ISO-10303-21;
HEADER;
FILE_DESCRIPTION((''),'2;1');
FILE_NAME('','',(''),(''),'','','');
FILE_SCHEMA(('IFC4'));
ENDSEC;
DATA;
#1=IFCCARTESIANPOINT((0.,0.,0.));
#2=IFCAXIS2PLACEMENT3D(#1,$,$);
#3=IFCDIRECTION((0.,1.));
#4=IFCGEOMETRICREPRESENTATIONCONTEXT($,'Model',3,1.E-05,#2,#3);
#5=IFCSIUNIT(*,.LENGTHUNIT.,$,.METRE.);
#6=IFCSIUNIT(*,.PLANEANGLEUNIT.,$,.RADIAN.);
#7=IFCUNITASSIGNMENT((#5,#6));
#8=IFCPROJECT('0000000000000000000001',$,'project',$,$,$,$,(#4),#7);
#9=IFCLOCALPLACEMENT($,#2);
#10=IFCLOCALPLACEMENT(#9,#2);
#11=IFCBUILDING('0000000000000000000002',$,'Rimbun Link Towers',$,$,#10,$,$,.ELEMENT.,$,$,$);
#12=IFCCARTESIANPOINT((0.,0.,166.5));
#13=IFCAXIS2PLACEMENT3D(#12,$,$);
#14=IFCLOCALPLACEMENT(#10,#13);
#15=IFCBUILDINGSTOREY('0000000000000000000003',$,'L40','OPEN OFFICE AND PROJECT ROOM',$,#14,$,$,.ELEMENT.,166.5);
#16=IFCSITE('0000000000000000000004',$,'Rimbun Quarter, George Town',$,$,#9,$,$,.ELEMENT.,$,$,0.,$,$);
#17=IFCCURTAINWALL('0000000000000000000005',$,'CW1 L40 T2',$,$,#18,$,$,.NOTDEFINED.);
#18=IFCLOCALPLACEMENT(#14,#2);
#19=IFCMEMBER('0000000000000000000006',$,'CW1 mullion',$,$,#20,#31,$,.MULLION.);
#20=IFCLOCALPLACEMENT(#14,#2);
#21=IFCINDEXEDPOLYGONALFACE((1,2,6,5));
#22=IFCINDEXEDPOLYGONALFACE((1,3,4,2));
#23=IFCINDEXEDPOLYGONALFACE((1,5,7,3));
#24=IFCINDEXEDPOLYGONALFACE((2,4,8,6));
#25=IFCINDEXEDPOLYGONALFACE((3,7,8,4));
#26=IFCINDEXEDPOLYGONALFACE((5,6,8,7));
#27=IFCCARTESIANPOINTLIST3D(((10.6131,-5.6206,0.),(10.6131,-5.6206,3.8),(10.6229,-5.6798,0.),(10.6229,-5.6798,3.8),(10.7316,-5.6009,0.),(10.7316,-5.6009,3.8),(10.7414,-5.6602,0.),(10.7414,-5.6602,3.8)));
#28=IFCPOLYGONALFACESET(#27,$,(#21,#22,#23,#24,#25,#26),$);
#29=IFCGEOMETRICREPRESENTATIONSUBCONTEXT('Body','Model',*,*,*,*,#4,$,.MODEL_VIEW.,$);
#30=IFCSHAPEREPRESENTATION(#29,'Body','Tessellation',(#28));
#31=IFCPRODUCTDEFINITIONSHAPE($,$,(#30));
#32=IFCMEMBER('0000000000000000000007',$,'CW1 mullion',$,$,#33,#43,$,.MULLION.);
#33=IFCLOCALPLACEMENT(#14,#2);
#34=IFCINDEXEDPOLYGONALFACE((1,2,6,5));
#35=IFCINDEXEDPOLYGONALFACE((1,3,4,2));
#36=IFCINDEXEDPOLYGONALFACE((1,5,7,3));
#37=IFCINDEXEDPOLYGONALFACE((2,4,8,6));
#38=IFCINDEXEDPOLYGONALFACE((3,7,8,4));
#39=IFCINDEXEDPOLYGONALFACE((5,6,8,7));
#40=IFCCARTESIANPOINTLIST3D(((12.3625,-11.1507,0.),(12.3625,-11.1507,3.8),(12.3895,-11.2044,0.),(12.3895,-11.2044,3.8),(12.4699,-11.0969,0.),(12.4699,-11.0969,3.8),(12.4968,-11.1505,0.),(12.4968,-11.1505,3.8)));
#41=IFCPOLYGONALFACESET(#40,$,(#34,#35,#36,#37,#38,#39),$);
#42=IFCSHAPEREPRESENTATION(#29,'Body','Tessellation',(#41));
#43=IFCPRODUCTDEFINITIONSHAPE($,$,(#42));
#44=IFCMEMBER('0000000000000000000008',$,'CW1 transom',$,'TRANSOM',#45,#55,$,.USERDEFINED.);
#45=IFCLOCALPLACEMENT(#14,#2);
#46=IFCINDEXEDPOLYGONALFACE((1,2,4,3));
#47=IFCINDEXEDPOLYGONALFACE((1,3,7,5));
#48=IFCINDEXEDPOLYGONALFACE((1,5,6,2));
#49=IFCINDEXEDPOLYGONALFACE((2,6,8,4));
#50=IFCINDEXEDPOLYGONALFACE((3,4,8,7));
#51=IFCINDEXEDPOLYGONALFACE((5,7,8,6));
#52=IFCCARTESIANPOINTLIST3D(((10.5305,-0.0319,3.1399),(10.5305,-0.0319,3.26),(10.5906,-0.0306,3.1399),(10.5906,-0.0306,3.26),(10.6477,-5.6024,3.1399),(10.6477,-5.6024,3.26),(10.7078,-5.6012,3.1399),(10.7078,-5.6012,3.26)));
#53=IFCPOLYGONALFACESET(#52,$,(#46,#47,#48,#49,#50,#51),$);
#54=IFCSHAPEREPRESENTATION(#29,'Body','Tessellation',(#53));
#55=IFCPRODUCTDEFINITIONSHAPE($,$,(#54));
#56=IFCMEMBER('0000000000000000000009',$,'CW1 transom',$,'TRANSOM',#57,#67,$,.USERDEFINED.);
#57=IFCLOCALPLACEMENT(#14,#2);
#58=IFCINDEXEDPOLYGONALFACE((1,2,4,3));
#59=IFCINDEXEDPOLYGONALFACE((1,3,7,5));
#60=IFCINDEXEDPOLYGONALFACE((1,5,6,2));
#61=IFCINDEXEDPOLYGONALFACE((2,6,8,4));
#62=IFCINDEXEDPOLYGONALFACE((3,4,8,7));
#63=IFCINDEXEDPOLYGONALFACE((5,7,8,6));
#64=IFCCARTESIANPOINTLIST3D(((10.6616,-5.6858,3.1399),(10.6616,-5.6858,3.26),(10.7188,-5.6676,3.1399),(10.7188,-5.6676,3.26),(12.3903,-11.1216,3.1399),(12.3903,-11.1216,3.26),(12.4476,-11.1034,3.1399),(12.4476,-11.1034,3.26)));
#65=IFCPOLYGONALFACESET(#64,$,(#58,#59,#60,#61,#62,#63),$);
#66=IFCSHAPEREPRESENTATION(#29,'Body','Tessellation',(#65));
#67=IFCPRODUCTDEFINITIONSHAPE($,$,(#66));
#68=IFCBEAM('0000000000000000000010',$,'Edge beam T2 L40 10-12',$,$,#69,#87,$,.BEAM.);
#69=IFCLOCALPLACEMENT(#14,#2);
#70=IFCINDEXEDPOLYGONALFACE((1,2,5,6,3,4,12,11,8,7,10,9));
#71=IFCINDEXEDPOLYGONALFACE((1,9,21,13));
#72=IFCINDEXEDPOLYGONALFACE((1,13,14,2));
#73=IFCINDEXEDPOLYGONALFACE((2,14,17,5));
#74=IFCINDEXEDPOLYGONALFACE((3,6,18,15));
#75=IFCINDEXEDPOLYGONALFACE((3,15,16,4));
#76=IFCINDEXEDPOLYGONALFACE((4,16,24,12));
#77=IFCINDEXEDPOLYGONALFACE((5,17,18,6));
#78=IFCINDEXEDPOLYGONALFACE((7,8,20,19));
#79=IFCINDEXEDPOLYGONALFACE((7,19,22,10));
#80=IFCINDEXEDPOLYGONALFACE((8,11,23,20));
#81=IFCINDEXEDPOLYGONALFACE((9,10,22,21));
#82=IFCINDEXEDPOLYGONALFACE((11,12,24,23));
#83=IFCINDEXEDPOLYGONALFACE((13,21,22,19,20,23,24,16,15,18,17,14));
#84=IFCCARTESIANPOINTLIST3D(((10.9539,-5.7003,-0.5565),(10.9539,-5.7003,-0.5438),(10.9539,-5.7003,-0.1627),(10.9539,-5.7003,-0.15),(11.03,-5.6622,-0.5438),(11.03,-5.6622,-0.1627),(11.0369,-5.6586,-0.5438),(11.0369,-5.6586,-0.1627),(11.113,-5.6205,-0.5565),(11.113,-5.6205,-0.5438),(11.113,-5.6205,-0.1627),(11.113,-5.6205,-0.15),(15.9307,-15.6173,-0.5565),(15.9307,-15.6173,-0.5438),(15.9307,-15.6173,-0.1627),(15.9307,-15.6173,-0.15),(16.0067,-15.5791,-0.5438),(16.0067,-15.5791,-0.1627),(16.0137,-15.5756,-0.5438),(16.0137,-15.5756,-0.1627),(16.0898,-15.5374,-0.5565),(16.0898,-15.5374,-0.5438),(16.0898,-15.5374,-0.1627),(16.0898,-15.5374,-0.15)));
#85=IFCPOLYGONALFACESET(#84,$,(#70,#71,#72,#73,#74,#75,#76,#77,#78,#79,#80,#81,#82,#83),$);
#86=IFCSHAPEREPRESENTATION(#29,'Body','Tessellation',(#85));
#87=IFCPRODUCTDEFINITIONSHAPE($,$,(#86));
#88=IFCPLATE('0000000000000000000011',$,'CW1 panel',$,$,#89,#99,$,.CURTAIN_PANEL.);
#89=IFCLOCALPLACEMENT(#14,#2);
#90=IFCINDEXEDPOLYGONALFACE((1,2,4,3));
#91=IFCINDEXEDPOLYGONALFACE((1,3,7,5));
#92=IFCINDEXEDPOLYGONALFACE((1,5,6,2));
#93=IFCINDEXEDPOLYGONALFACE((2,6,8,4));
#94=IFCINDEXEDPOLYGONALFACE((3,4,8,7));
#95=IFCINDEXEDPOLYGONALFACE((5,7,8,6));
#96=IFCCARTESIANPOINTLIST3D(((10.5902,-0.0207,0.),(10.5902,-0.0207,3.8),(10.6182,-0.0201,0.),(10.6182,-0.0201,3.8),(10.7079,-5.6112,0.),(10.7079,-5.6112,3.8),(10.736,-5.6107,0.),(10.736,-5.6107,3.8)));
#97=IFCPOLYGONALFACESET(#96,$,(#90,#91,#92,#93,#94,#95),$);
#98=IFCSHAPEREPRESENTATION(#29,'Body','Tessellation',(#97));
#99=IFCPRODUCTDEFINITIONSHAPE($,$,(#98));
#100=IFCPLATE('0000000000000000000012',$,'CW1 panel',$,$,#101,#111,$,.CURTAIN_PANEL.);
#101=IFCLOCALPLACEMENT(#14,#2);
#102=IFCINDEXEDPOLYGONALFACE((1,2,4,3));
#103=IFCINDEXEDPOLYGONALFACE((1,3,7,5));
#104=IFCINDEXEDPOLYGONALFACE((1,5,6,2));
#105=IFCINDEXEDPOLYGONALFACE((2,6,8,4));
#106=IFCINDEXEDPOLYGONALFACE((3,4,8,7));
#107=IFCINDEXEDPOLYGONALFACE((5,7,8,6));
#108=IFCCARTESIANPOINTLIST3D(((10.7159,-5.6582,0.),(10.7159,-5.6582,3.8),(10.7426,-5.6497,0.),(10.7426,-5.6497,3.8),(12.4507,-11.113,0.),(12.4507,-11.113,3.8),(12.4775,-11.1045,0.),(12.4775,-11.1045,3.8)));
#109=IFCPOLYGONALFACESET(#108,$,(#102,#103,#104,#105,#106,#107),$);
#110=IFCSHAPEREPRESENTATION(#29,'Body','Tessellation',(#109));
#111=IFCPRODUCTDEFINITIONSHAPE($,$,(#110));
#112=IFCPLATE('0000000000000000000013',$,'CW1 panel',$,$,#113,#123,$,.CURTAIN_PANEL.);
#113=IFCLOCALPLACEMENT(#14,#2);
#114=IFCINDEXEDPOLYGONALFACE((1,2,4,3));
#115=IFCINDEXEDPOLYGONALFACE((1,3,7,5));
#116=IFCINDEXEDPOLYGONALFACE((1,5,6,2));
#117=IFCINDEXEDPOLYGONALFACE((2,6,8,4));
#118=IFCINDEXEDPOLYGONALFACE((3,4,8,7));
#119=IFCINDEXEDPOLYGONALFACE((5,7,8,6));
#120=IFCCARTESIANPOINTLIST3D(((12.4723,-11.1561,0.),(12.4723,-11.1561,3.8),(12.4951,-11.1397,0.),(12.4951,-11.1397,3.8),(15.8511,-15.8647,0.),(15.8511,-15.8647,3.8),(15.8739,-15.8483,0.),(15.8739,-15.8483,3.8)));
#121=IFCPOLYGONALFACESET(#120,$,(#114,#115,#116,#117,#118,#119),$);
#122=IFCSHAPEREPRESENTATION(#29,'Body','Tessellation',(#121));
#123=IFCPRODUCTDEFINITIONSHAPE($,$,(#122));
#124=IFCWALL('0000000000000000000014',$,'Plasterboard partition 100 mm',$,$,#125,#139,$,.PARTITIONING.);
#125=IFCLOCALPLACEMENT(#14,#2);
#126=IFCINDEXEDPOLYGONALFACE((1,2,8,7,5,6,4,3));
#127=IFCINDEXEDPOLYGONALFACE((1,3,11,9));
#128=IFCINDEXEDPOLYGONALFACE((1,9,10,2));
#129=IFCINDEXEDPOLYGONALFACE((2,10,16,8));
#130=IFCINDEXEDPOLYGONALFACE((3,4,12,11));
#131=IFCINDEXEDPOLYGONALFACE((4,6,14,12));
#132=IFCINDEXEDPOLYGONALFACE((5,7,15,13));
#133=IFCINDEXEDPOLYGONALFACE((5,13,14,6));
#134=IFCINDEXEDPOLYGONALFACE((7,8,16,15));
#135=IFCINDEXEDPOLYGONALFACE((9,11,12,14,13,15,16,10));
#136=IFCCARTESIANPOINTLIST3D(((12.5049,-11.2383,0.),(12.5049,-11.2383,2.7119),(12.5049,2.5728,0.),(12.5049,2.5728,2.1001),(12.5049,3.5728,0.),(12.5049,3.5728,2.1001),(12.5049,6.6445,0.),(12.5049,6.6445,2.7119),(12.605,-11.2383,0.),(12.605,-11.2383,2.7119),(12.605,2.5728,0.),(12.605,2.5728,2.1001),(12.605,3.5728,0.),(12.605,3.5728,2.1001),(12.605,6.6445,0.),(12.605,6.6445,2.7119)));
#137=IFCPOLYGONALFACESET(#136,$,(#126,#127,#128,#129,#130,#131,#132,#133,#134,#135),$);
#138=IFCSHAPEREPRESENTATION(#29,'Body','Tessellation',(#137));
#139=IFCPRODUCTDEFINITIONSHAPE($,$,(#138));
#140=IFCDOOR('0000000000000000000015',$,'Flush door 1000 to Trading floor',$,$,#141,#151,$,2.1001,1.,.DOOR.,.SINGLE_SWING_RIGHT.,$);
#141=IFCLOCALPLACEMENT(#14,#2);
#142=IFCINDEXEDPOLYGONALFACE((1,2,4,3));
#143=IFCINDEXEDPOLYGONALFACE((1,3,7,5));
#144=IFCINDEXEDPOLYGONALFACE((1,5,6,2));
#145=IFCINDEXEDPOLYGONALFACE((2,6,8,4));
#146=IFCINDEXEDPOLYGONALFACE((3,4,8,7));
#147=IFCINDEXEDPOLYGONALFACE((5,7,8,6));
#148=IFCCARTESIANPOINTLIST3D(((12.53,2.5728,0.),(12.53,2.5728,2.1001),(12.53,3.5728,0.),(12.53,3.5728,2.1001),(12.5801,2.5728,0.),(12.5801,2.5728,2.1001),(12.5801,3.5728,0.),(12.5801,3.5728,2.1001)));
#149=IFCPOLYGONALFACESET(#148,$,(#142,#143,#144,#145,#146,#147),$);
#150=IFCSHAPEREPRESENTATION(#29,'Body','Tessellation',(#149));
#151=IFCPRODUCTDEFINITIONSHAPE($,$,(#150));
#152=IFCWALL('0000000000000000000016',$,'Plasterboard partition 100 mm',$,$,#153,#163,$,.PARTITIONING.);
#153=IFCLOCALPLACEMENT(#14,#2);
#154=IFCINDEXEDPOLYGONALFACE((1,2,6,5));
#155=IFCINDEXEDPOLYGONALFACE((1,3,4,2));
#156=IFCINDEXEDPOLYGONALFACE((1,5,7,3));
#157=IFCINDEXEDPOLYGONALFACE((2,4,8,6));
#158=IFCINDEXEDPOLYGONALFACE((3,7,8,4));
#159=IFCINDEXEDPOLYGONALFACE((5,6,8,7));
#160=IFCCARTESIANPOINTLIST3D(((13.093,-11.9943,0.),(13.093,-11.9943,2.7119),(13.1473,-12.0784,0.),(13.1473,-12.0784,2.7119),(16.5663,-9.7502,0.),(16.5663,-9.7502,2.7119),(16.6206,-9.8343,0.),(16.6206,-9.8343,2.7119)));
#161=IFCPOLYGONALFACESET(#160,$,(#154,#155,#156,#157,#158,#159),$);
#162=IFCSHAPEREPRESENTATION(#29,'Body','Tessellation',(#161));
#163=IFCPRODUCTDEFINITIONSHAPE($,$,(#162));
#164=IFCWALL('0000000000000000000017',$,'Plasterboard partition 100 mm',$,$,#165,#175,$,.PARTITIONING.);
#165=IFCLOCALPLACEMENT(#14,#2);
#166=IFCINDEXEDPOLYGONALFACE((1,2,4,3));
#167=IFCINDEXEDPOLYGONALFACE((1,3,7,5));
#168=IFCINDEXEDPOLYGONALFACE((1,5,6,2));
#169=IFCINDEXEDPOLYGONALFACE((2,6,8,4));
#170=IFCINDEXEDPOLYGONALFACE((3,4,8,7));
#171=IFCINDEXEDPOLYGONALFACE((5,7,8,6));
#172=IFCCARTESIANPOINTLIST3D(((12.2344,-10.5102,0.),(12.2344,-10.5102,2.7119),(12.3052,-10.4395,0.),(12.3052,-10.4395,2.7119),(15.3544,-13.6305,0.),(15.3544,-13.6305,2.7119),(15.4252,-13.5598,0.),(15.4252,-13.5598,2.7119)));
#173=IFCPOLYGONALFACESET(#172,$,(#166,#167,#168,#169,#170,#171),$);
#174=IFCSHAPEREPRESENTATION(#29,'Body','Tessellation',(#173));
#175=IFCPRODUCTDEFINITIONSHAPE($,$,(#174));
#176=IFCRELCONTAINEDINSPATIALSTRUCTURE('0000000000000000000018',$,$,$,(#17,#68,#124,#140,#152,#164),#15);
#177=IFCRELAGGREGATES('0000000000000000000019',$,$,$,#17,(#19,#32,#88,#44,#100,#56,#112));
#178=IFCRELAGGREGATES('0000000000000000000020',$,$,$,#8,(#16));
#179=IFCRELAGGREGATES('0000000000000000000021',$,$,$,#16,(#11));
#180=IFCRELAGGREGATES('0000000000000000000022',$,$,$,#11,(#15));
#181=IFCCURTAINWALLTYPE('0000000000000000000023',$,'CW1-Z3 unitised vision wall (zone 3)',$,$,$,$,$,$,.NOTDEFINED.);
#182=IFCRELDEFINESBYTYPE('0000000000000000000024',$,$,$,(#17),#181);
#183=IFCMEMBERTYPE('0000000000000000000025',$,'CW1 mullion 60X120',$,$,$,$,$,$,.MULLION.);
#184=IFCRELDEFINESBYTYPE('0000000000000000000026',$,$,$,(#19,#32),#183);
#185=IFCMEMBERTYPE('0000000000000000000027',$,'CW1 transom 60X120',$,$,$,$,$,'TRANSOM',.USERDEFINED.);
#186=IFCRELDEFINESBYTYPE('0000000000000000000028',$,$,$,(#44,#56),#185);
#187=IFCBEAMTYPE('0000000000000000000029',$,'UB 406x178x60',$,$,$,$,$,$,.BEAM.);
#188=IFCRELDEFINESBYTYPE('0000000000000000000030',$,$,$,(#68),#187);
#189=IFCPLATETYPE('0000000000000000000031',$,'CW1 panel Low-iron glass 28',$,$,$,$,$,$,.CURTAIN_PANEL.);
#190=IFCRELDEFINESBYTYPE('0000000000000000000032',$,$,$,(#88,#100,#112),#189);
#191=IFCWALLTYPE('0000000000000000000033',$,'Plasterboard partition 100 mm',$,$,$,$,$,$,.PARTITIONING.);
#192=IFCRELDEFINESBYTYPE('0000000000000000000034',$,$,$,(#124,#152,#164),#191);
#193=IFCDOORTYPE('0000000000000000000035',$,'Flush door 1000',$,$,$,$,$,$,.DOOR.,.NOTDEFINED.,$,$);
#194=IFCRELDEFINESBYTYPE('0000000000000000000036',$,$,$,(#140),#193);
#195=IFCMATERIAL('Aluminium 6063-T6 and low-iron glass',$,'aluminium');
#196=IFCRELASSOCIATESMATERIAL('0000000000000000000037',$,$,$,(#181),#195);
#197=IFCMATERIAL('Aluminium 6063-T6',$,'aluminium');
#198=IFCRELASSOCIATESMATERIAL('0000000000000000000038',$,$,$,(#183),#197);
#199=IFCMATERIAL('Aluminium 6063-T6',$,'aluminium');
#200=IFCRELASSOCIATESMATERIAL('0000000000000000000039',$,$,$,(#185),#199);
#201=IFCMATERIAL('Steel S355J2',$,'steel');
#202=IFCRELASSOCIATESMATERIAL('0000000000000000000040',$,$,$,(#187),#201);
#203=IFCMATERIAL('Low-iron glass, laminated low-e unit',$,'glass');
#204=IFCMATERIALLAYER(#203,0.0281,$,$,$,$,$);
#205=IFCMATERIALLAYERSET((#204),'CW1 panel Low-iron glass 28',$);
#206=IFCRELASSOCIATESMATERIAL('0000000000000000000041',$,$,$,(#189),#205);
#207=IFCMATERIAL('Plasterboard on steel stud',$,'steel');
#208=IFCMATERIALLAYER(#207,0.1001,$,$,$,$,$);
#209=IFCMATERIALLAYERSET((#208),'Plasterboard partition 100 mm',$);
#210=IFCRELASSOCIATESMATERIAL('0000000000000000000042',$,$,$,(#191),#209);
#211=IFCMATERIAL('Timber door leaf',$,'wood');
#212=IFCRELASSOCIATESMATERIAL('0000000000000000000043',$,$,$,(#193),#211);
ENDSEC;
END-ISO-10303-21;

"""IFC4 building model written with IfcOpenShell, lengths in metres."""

from ifc_helpers import new_model, si_unit, direction, frame, frame_2d, origin, origin_2d, place, context, subcontext, project, spatial, rectangle, i_section, extrude, material, layer, layer_set, material_profile, profile_set, type_object, element, fill, aggregate, save


model = new_model("IFC4")

# Units and contexts
model_context = context("Model", 3, precision=1e-05, world=origin(), true_north=direction((0.0, 1.0)))
body_context = subcontext(model_context, "Body", "Model", "MODEL_VIEW")
ifc_project = project(units=[si_unit("LENGTHUNIT", "METRE"), si_unit("PLANEANGLEUNIT", "RADIAN")], contexts=[model_context])

# Site, building, storey
site_placement = place(None, origin())
site = spatial("IfcSite", under=ifc_project, at=site_placement, Name="Rimbun Quarter, George Town", CompositionType="ELEMENT", RefElevation=0.0)
building_placement = place(site_placement, origin())
building = spatial("IfcBuilding", under=site, at=building_placement, Name="Rimbun Link Towers", CompositionType="ELEMENT")
storey_placement = place(building_placement, frame((0.0, 0.0, 166.5)))
storey = spatial("IfcBuildingStorey", under=building, at=storey_placement, Name="L40", Description="OPEN OFFICE AND PROJECT ROOM", CompositionType="ELEMENT", Elevation=166.5)

# Curtain wall, members
ifc_material_1 = material(Name="Aluminium 6063-T6 and low-iron glass", Category="aluminium")
curtain_wall_type = type_object("IfcCurtainWallType", Name="CW1-Z3 unitised vision wall (zone 3)", PredefinedType="NOTDEFINED", material=ifc_material_1)
curtain_wall_placement = place(storey_placement, origin())
curtain_wall = element("IfcCurtainWall", 1, at=curtain_wall_placement, inside=storey, type_object=curtain_wall_type, Name="CW1 L40 T2", PredefinedType="NOTDEFINED")
ifc_material_2 = material(Name="Aluminium 6063-T6", Category="aluminium")
ifc_material_profile_1 = material_profile(ifc_material_2, rectangle(XDim=0.1201, YDim=0.0601, at=origin_2d()), Name="MULLION 60X120")
ifc_profile_set_1 = profile_set([ifc_material_profile_1], Name="Aluminium 6063-T6")
member_type_1 = type_object("IfcMemberType", Name="CW1 mullion 60X120", PredefinedType="MULLION", material=ifc_profile_set_1)
member_1_placement = place(storey_placement, frame((10.6772, -5.6404, 0.0), z_axis=(0.0, 0.0, 1.0), x_axis=(-0.986502, -0.163752, 0.0)))
member_1 = element("IfcMember", 2, at=member_1_placement, type_object=member_type_1, Name="CW1 mullion", PredefinedType="MULLION", context=body_context, shape_type="SweptSolid", body=[
    extrude(rectangle(XDim=0.1201, YDim=0.0601, at=origin_2d()), origin(), (0.0, 0.0, 1.0), 3.8),
])
member_2_placement = place(storey_placement, frame((12.4297, -11.1506, 0.0), z_axis=(0.0, 0.0, 1.0), x_axis=(-0.893744, -0.448577, 0.0)))
member_2 = element("IfcMember", 3, at=member_2_placement, type_object=member_type_1, Name="CW1 mullion", PredefinedType="MULLION", context=body_context, shape_type="SweptSolid", body=[
    extrude(rectangle(XDim=0.1201, YDim=0.0601, at=origin_2d()), origin(), (0.0, 0.0, 1.0), 3.8),
])
ifc_material_3 = material(Name="Aluminium 6063-T6", Category="aluminium")
ifc_material_profile_2 = material_profile(ifc_material_3, rectangle(XDim=0.0601, YDim=0.1201, at=origin_2d()), Name="TRANSOM 60X120")
ifc_profile_set_2 = profile_set([ifc_material_profile_2], Name="Aluminium 6063-T6")
member_type_2 = type_object("IfcMemberType", Name="CW1 transom 60X120", ElementType="TRANSOM", PredefinedType="USERDEFINED", material=ifc_profile_set_2)
member_3_placement = place(storey_placement, frame((10.6777, -5.6018, 3.2), z_axis=(-0.021032, 0.999779, 0.0), x_axis=(-0.999779, -0.021032, 0.0)))
member_3 = element("IfcMember", 4, at=member_3_placement, type_object=member_type_2, Name="CW1 transom", ObjectType="TRANSOM", PredefinedType="USERDEFINED", context=body_context, shape_type="SweptSolid", body=[
    extrude(rectangle(XDim=0.0601, YDim=0.1201, at=origin_2d()), origin(), (0.0, 0.0, 1.0), 5.5718),
])
member_4_placement = place(storey_placement, frame((12.4189, -11.1125, 3.2), z_axis=(-0.303075, 0.952967, 0.0), x_axis=(-0.952967, -0.303075, 0.0)))
member_4 = element("IfcMember", 5, at=member_4_placement, type_object=member_type_2, Name="CW1 transom", ObjectType="TRANSOM", PredefinedType="USERDEFINED", context=body_context, shape_type="SweptSolid", body=[
    extrude(rectangle(XDim=0.0601, YDim=0.1201, at=origin_2d()), origin(), (0.0, 0.0, 1.0), 5.7041),
])

# Beam
ifc_material_4 = material(Name="Steel S355J2", Category="steel")
ifc_material_profile_3 = material_profile(ifc_material_4, i_section(OverallWidth=0.178, OverallDepth=0.4065, WebThickness=0.0078, FlangeThickness=0.0127, at=origin_2d()), Name="UB 406x178x60")
ifc_profile_set_3 = profile_set([ifc_material_profile_3], Name="Steel S355J2")
beam_type = type_object("IfcBeamType", Name="UB 406x178x60", PredefinedType="BEAM", material=ifc_profile_set_3)
beam_placement = place(storey_placement, frame((11.0334, -5.6604, -0.3533), z_axis=(0.448533, -0.893766, 0.0), x_axis=(0.893766, 0.448533, 0.0)))
element("IfcBeam", 6, at=beam_placement, inside=storey, type_object=beam_type, Name="Edge beam T2 L40 10-12", PredefinedType="BEAM", context=body_context, shape_type="SweptSolid", body=[
    extrude(i_section(OverallWidth=0.178, OverallDepth=0.4065, WebThickness=0.0078, FlangeThickness=0.0127, at=origin_2d()), origin(), (0.0, 0.0, 1.0), 11.0957),
])

# Plates
ifc_material_5 = material(Name="Low-iron glass, laminated low-e unit", Category="glass")
ifc_layer_1 = layer(ifc_material_5, 0.0281)
ifc_layer_set_1 = layer_set([ifc_layer_1], Name="CW1 panel Low-iron glass 28")
plate_type = type_object("IfcPlateType", Name="CW1 panel Low-iron glass 28", PredefinedType="CURTAIN_PANEL", material=ifc_layer_set_1)
plate_1_placement = place(storey_placement, frame((10.6631, -2.8157, 0.0), z_axis=(0.0, 0.0, 1.0), x_axis=(-0.021059, 0.999778, 0.0)))
plate_1 = element("IfcPlate", 7, at=plate_1_placement, type_object=plate_type, Name="CW1 panel", PredefinedType="CURTAIN_PANEL", context=body_context, shape_type="SweptSolid", body=[
    extrude(rectangle(XDim=5.5918, YDim=0.0281, at=origin_2d()), origin(), (0.0, 0.0, 1.0), 3.8),
])
plate_2_placement = place(storey_placement, frame((11.5967, -8.3813, 0.0), z_axis=(0.0, 0.0, 1.0), x_axis=(-0.303082, 0.952965, 0.0)))
plate_2 = element("IfcPlate", 8, at=plate_2_placement, type_object=plate_type, Name="CW1 panel", PredefinedType="CURTAIN_PANEL", context=body_context, shape_type="SweptSolid", body=[
    extrude(rectangle(XDim=5.7241, YDim=0.0281, at=origin_2d()), origin(), (0.0, 0.0, 1.0), 3.8),
])
plate_3_placement = place(storey_placement, frame((14.1731, -13.5022, 0.0), z_axis=(0.0, 0.0, 1.0), x_axis=(-0.583004, 0.812469, 0.0)))
plate_3 = element("IfcPlate", 9, at=plate_3_placement, type_object=plate_type, Name="CW1 panel", PredefinedType="CURTAIN_PANEL", context=body_context, shape_type="SweptSolid", body=[
    extrude(rectangle(XDim=5.7954, YDim=0.0281, at=origin_2d()), origin(), (0.0, 0.0, 1.0), 3.8),
])
aggregate(curtain_wall, [member_1, member_2, plate_1, member_3, plate_2, member_4, plate_3])

# Wall, opening, door
ifc_material_6 = material(Name="Plasterboard on steel stud", Category="steel")
ifc_layer_2 = layer(ifc_material_6, 0.1001)
ifc_layer_set_2 = layer_set([ifc_layer_2], Name="Plasterboard partition 100 mm")
wall_type = type_object("IfcWallType", Name="Plasterboard partition 100 mm", PredefinedType="PARTITIONING", material=ifc_layer_set_2)
wall_1_placement = place(storey_placement, frame((12.5549, -11.2383, 0.0), z_axis=(0.0, 0.0, 1.0), x_axis=(0.0, 1.0, 0.0)))
wall_1 = element("IfcWall", 10, at=wall_1_placement, inside=storey, type_object=wall_type, Name="Plasterboard partition 100 mm", PredefinedType="PARTITIONING", context=body_context, shape_type="SweptSolid", body=[
    extrude(rectangle(XDim=17.8828, YDim=0.1001, at=frame_2d((8.9414, 0.0))), origin(), (0.0, 0.0, 1.0), 2.7119),
])
opening_1_placement = place(wall_1_placement, frame((13.811, 0.0, 0.0)))
opening_1 = element("IfcOpeningElement", 11, at=opening_1_placement, cuts=wall_1, PredefinedType="OPENING", context=body_context, shape_type="SweptSolid", body=[
    extrude(rectangle(XDim=1.0, YDim=2.1001, at=frame_2d((0.5, 1.05))), frame((0.0, 0.0601, 0.0), z_axis=(0.0, -1.0, 0.0), x_axis=(1.0, 0.0, 0.0)), (0.0, 0.0, 1.0), 0.1201),
])
ifc_material_7 = material(Name="Timber door leaf", Category="wood")
door_type_1 = type_object("IfcDoorType", Name="Flush door 1000", OperationType="NOTDEFINED", PredefinedType="DOOR", material=ifc_material_7)
door_1_placement = place(opening_1_placement, origin())
door_1 = element("IfcDoor", 12, at=door_1_placement, inside=storey, type_object=door_type_1, Name="Flush door 1000 to Trading floor", OperationType="SINGLE_SWING_RIGHT", OverallHeight=2.1001, OverallWidth=1.0, PredefinedType="DOOR", context=body_context, shape_type="SweptSolid", body=[
    extrude(rectangle(XDim=1.0, YDim=2.1001, at=frame_2d((0.5, 1.05))), frame((0.0, 0.0249, 0.0), z_axis=(0.0, -1.0, 0.0), x_axis=(1.0, 0.0, 0.0)), (0.0, 0.0, 1.0), 0.05),
])
fill(opening_1, door_1)

# Walls
wall_2_placement = place(storey_placement, frame((13.1201, -12.0364, 0.0), z_axis=(0.0, 0.0, 1.0), x_axis=(0.839939, 0.542681, 0.0)))
element("IfcWall", 13, at=wall_2_placement, inside=storey, type_object=wall_type, Name="Plasterboard partition 100 mm", PredefinedType="PARTITIONING", context=body_context, shape_type="SweptSolid", body=[
    extrude(rectangle(XDim=4.1353, YDim=0.1001, at=frame_2d((2.0676, 0.0))), origin(), (0.0, 0.0, 1.0), 2.7119),
])
wall_3_placement = place(storey_placement, frame((12.2698, -10.4749, 0.0), z_axis=(0.0, 0.0, 1.0), x_axis=(0.707079, -0.707134, 0.0)))
element("IfcWall", 14, at=wall_3_placement, inside=storey, type_object=wall_type, Name="Plasterboard partition 100 mm", PredefinedType="PARTITIONING", context=body_context, shape_type="SweptSolid", body=[
    extrude(rectangle(XDim=4.4126, YDim=0.1001, at=frame_2d((2.2063, 0.0))), origin(), (0.0, 0.0, 1.0), 2.7119),
])

save(model, "model.ifc")
